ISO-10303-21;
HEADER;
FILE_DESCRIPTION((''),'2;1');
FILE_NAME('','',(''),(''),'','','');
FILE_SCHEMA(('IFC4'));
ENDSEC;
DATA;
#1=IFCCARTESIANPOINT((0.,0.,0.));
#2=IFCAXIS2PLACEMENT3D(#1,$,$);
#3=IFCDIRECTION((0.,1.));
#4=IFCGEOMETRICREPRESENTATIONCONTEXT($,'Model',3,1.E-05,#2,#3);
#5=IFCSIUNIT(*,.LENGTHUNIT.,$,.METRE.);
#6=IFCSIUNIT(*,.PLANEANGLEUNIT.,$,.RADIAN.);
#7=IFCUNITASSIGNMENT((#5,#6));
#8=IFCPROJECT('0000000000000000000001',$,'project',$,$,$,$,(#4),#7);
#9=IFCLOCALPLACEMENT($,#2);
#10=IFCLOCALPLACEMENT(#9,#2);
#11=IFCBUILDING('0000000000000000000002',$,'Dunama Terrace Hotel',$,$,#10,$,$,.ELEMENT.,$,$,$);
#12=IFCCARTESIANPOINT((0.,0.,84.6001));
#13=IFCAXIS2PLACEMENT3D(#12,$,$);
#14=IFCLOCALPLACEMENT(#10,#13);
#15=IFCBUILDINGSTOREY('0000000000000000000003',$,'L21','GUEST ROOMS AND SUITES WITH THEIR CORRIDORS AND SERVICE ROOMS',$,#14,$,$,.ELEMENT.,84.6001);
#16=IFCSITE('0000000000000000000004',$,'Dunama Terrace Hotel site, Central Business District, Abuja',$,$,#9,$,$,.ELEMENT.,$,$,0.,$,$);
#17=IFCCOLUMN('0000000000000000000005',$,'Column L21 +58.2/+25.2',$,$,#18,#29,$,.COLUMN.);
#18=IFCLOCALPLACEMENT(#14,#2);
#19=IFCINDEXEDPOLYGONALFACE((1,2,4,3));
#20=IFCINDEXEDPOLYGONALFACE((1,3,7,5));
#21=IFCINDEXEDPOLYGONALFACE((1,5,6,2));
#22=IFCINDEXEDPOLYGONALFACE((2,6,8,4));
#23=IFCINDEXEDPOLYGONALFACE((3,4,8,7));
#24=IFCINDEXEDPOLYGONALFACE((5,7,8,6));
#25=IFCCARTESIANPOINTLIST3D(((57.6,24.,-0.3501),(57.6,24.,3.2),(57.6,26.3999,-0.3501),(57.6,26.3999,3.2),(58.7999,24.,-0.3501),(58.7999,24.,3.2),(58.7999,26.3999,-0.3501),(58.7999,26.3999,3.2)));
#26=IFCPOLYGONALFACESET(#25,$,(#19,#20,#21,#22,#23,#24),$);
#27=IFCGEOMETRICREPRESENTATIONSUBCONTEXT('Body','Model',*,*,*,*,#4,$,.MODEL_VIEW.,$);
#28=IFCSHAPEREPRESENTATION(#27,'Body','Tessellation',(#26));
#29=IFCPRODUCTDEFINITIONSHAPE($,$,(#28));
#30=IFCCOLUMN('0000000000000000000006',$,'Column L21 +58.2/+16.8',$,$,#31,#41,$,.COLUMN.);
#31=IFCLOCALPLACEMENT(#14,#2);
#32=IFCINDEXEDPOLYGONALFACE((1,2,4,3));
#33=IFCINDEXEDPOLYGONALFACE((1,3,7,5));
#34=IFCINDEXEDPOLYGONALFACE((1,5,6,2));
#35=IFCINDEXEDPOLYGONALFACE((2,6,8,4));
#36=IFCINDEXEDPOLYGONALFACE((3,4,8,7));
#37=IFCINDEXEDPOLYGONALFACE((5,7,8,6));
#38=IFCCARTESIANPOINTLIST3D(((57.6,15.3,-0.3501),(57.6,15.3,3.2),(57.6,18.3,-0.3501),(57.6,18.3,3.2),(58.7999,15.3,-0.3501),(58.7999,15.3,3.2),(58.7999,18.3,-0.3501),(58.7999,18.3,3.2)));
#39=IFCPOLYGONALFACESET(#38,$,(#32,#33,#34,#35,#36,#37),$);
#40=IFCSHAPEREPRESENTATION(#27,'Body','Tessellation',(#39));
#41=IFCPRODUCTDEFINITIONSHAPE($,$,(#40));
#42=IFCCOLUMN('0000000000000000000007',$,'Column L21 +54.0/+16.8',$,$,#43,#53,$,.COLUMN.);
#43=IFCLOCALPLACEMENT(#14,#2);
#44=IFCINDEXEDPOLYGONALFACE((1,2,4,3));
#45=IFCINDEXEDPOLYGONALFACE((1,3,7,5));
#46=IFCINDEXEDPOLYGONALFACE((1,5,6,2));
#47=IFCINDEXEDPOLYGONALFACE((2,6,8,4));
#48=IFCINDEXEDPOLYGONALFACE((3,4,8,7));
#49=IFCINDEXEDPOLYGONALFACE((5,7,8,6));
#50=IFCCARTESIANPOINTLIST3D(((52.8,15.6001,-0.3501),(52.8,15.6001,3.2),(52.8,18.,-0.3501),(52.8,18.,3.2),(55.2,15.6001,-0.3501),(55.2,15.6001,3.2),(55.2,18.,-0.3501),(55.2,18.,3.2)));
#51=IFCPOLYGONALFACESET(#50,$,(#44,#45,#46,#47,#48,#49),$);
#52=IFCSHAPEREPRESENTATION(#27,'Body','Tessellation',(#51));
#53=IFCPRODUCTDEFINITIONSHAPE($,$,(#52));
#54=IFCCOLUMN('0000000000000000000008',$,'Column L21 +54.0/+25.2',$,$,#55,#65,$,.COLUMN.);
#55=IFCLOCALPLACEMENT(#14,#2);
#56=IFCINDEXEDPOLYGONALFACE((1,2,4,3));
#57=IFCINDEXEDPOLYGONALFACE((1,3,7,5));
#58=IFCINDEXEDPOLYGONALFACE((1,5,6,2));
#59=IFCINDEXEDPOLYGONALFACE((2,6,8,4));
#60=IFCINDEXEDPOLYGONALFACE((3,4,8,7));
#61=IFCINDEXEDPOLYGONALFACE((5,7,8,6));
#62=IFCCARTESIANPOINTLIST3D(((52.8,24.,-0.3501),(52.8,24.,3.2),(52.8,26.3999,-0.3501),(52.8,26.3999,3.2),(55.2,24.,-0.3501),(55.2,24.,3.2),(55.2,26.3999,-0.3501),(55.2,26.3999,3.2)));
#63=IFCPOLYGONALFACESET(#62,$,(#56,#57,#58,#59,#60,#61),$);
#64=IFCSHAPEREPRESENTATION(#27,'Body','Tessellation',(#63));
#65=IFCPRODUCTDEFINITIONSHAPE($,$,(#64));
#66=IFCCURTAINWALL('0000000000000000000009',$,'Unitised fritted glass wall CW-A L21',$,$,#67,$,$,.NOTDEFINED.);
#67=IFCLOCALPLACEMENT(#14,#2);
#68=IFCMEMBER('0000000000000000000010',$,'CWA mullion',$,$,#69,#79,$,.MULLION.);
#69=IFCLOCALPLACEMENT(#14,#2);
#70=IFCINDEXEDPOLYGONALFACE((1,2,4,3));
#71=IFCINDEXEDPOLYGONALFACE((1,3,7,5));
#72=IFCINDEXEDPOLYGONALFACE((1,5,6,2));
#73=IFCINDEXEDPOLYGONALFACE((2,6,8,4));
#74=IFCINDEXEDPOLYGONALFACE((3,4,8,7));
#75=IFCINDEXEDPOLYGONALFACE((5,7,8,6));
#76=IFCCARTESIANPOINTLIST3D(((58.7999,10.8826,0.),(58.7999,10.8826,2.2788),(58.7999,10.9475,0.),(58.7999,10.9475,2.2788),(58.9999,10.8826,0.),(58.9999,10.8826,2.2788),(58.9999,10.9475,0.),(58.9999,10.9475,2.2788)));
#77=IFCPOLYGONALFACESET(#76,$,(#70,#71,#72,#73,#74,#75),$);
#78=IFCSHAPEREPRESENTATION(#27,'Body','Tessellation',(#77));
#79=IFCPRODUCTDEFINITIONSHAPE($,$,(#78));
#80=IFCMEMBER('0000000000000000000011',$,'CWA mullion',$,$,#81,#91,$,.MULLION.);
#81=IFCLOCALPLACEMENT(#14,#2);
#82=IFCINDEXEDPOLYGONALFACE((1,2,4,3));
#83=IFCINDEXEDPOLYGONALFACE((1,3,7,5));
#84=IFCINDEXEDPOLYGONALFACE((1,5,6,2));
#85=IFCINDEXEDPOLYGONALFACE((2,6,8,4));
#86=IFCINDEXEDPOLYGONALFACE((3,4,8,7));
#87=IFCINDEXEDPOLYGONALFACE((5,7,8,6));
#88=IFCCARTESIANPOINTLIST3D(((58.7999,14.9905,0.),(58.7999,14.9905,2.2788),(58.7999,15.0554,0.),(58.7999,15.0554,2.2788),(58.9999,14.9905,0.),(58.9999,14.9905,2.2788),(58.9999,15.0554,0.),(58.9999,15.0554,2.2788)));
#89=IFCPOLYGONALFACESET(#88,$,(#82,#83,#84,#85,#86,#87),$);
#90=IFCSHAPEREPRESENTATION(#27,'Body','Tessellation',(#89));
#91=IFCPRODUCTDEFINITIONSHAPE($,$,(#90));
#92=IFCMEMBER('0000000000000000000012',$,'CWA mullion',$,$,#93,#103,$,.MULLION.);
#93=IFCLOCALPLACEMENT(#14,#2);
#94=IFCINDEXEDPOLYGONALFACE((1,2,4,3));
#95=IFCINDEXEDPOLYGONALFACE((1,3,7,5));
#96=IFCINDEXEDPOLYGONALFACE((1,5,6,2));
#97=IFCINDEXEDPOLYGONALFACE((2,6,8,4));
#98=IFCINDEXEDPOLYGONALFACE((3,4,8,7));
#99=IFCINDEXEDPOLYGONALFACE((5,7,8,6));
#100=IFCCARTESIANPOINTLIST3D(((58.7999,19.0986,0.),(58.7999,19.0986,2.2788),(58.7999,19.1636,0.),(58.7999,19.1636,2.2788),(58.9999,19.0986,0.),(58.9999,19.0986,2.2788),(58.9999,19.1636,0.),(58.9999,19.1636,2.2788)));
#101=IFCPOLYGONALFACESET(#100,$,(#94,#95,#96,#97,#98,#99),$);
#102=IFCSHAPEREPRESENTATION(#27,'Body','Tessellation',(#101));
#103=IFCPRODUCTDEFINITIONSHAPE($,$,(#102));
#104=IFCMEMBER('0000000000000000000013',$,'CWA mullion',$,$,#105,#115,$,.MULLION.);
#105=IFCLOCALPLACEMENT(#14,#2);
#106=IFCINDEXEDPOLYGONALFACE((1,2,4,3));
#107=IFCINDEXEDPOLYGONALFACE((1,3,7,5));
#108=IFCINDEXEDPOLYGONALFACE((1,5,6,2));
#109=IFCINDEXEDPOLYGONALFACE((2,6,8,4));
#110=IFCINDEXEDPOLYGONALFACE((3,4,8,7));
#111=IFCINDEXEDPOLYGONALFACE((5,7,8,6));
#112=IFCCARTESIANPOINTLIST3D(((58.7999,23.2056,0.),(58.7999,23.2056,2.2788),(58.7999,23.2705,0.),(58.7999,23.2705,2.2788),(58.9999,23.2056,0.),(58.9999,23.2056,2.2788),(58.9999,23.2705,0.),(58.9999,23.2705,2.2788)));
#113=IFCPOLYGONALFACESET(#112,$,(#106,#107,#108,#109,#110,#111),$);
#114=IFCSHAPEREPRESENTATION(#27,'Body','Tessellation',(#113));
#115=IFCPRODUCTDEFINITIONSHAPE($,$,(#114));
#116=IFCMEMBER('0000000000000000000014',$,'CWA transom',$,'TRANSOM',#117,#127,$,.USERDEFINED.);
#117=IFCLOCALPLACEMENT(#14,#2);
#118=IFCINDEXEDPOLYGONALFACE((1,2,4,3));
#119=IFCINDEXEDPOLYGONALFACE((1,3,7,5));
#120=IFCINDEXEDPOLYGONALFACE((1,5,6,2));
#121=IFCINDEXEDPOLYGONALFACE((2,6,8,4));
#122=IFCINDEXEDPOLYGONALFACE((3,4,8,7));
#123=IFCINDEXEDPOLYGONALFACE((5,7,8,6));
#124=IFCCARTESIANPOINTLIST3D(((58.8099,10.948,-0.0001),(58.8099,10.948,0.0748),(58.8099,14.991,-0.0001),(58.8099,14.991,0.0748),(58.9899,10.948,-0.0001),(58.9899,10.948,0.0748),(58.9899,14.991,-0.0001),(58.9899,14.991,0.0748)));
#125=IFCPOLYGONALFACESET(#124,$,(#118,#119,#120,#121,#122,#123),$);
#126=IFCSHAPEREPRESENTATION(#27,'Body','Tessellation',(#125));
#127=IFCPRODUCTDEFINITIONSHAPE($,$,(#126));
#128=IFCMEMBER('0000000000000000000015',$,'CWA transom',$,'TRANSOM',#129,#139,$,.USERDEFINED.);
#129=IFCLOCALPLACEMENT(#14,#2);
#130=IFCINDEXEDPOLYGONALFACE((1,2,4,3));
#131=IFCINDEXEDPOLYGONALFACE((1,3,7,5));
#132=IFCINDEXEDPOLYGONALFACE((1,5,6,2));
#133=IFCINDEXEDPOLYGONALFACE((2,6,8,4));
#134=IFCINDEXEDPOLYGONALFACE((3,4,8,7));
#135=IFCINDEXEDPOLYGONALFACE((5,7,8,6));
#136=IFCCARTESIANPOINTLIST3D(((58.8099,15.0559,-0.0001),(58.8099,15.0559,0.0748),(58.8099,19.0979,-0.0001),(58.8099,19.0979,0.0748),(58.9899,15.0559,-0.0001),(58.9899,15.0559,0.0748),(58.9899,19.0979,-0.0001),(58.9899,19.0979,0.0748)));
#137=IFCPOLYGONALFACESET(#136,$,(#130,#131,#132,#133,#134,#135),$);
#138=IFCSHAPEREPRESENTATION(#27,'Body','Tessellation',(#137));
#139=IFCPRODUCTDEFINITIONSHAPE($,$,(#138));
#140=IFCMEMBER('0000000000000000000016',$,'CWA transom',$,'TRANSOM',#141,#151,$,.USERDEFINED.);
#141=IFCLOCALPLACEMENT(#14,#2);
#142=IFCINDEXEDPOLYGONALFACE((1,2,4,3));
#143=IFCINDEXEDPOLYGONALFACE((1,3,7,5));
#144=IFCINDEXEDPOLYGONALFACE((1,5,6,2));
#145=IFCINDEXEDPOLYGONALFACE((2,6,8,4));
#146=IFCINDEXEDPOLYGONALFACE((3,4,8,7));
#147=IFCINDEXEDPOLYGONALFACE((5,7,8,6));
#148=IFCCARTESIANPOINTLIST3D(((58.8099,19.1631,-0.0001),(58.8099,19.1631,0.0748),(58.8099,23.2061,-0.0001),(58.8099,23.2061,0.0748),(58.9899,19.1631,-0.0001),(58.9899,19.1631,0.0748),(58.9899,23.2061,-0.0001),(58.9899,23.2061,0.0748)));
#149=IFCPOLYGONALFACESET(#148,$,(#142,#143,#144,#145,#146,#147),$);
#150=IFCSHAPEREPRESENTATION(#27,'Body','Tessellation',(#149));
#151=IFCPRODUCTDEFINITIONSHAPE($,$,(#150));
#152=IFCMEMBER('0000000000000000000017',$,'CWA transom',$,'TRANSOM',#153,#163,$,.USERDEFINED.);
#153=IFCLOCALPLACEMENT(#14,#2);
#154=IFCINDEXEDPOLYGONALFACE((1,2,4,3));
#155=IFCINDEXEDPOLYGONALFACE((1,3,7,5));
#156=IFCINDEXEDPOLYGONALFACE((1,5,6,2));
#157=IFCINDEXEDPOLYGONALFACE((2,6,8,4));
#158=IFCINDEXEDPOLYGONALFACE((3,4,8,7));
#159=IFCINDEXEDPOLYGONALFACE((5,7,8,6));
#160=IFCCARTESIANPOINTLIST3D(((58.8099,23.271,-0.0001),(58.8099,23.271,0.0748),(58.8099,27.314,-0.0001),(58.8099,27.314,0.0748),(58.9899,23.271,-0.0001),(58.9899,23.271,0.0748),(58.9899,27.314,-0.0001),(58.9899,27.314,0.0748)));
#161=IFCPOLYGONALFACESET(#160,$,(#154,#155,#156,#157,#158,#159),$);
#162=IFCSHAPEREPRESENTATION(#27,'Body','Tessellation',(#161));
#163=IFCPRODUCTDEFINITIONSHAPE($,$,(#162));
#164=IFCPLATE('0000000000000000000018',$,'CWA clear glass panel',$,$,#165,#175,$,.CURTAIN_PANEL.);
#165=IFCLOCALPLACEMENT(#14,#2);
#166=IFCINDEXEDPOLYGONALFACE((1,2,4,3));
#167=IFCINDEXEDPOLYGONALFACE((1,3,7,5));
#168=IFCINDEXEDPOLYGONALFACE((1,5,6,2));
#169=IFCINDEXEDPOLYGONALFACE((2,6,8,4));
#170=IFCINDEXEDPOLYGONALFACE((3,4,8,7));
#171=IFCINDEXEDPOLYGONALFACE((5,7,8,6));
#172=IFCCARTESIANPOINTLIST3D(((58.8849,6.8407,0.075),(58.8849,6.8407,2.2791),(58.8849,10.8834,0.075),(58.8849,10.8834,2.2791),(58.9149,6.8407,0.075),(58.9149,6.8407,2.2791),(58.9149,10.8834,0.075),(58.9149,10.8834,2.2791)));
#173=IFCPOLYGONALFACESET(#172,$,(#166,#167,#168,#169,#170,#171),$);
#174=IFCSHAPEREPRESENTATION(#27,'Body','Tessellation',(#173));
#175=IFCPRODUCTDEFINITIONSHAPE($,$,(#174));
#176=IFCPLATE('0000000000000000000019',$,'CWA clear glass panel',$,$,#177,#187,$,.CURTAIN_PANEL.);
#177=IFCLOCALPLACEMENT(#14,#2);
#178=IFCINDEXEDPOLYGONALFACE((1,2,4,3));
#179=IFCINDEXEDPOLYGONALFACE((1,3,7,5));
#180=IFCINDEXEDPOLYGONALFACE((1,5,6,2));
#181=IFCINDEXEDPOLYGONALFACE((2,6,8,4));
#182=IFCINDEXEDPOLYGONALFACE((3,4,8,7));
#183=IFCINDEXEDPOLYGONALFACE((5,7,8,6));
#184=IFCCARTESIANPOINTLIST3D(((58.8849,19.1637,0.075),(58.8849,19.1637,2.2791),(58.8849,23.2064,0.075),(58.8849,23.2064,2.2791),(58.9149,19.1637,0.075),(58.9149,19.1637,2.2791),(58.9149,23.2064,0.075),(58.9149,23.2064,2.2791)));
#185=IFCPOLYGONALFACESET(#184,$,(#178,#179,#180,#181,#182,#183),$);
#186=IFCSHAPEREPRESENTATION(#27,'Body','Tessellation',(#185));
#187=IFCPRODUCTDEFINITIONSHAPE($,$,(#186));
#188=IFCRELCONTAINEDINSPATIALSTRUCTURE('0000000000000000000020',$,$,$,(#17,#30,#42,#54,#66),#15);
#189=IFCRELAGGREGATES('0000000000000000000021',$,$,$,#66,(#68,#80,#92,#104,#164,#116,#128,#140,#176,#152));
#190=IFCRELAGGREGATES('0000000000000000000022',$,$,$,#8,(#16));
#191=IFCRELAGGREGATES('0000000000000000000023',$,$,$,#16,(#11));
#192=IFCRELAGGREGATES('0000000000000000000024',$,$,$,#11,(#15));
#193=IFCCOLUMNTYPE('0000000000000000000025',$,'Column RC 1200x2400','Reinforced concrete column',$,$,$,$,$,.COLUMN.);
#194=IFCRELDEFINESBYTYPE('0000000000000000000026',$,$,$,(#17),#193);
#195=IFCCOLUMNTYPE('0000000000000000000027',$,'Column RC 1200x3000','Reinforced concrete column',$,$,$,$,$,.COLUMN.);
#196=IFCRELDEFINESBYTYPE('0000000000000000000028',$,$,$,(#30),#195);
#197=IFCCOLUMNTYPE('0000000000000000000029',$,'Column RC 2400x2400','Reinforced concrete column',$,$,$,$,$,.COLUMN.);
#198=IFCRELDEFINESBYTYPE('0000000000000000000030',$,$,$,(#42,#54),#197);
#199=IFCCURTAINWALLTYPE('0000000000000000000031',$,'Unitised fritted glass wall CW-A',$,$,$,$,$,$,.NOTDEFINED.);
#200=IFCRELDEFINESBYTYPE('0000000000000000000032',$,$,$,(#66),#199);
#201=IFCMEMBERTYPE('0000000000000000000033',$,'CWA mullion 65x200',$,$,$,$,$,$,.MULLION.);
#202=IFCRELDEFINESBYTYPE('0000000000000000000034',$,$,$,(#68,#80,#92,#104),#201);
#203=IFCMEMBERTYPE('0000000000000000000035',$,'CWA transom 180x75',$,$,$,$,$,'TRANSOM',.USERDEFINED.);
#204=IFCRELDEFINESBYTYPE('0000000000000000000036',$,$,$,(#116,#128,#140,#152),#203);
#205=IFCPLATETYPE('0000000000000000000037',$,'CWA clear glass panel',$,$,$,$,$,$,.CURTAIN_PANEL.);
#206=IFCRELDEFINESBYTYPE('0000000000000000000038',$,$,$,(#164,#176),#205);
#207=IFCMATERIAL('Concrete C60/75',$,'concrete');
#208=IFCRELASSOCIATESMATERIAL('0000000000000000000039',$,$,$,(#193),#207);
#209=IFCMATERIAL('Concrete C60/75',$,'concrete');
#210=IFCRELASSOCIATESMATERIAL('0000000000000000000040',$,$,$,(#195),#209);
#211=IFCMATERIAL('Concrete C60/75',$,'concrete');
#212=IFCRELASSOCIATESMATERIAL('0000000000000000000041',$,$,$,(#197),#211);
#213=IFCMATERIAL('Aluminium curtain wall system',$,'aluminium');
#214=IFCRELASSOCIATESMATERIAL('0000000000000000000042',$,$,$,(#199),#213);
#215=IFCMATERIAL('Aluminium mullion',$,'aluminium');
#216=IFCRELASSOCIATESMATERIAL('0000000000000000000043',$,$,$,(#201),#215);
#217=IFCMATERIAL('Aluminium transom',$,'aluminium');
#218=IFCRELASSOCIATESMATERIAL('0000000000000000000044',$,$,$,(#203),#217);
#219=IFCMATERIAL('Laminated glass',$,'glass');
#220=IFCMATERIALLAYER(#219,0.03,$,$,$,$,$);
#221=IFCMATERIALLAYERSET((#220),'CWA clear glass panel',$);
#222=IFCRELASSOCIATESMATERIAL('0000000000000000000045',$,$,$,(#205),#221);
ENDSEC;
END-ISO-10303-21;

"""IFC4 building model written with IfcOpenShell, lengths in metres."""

from ifc_helpers import new_model, si_unit, direction, frame, origin, origin_2d, place, context, subcontext, project, spatial, rectangle, extrude, material, layer, layer_set, material_profile, profile_set, type_object, element, aggregate, save


model = new_model("IFC4")

# Units and contexts
model_context = context("Model", 3, precision=1e-05, world=origin(), true_north=direction((0.0, 1.0)))
body_context = subcontext(model_context, "Body", "Model", "MODEL_VIEW")
ifc_project = project(units=[si_unit("LENGTHUNIT", "METRE"), si_unit("PLANEANGLEUNIT", "RADIAN")], contexts=[model_context])

# Site, building, storey
site_placement = place(None, origin())
site = spatial("IfcSite", under=ifc_project, at=site_placement, Name="Dunama Terrace Hotel site, Central Business District, Abuja", CompositionType="ELEMENT", RefElevation=0.0)
building_placement = place(site_placement, origin())
building = spatial("IfcBuilding", under=site, at=building_placement, Name="Dunama Terrace Hotel", CompositionType="ELEMENT")
storey_placement = place(building_placement, frame((0.0, 0.0, 84.6001)))
storey = spatial("IfcBuildingStorey", under=building, at=storey_placement, Name="L21", Description="GUEST ROOMS AND SUITES WITH THEIR CORRIDORS AND SERVICE ROOMS", CompositionType="ELEMENT", Elevation=84.6001)

# Columns
ifc_material_1 = material(Name="Concrete C60/75", Category="concrete")
ifc_material_profile_1 = material_profile(ifc_material_1, rectangle(XDim=1.2, YDim=2.3999, at=origin_2d()), Name="RC 1200x2400")
ifc_profile_set_1 = profile_set([ifc_material_profile_1], Name="Concrete C60/75")
column_type_1 = type_object("IfcColumnType", Name="Column RC 1200x2400", Description="Reinforced concrete column", PredefinedType="COLUMN", material=ifc_profile_set_1)
column_1_placement = place(storey_placement, frame((58.2, 25.2, -0.3501), z_axis=(0.0, 0.0, 1.0), x_axis=(1.0, 0.0, 0.0)))
element("IfcColumn", 1, at=column_1_placement, inside=storey, type_object=column_type_1, Name="Column L21 +58.2/+25.2", PredefinedType="COLUMN", context=body_context, shape_type="SweptSolid", body=[
    extrude(rectangle(XDim=1.2, YDim=2.3999, at=origin_2d()), origin(), (0.0, 0.0, 1.0), 3.55),
])
ifc_material_2 = material(Name="Concrete C60/75", Category="concrete")
ifc_material_profile_2 = material_profile(ifc_material_2, rectangle(XDim=1.2, YDim=3.0, at=origin_2d()), Name="RC 1200x3000")
ifc_profile_set_2 = profile_set([ifc_material_profile_2], Name="Concrete C60/75")
column_type_2 = type_object("IfcColumnType", Name="Column RC 1200x3000", Description="Reinforced concrete column", PredefinedType="COLUMN", material=ifc_profile_set_2)
column_2_placement = place(storey_placement, frame((58.2, 16.8, -0.3501), z_axis=(0.0, 0.0, 1.0), x_axis=(1.0, 0.0, 0.0)))
element("IfcColumn", 2, at=column_2_placement, inside=storey, type_object=column_type_2, Name="Column L21 +58.2/+16.8", PredefinedType="COLUMN", context=body_context, shape_type="SweptSolid", body=[
    extrude(rectangle(XDim=1.2, YDim=3.0, at=origin_2d()), origin(), (0.0, 0.0, 1.0), 3.55),
])
ifc_material_3 = material(Name="Concrete C60/75", Category="concrete")
ifc_material_profile_3 = material_profile(ifc_material_3, rectangle(XDim=2.3999, YDim=2.3999, at=origin_2d()), Name="RC 2400x2400")
ifc_profile_set_3 = profile_set([ifc_material_profile_3], Name="Concrete C60/75")
column_type_3 = type_object("IfcColumnType", Name="Column RC 2400x2400", Description="Reinforced concrete column", PredefinedType="COLUMN", material=ifc_profile_set_3)
for number, where, z_axis, x_axis, name in (
    (3, (54.0, 16.8, -0.3501), (0.0, 0.0, 1.0), (1.0, 0.0, 0.0), "Column L21 +54.0/+16.8"),
    (4, (54.0, 25.2, -0.3501), (0.0, 0.0, 1.0), (1.0, 0.0, 0.0), "Column L21 +54.0/+25.2"),
):
    element("IfcColumn", number, at=place(storey_placement, frame(where, z_axis=z_axis, x_axis=x_axis)), inside=storey, type_object=column_type_3, Name=name, PredefinedType="COLUMN", context=body_context, shape_type="SweptSolid", body=[
        extrude(rectangle(XDim=2.3999, YDim=2.3999, at=origin_2d()), origin(), (0.0, 0.0, 1.0), 3.55),
    ])

# Curtain wall, members, plates
ifc_material_4 = material(Name="Aluminium curtain wall system", Category="aluminium")
curtain_wall_type = type_object("IfcCurtainWallType", Name="Unitised fritted glass wall CW-A", PredefinedType="NOTDEFINED", material=ifc_material_4)
curtain_wall_placement = place(storey_placement, origin())
curtain_wall = element("IfcCurtainWall", 5, at=curtain_wall_placement, inside=storey, type_object=curtain_wall_type, Name="Unitised fritted glass wall CW-A L21", PredefinedType="NOTDEFINED")
ifc_material_5 = material(Name="Aluminium mullion", Category="aluminium")
ifc_material_profile_4 = material_profile(ifc_material_5, rectangle(XDim=0.0649, YDim=0.2, at=origin_2d()), Name="CWA MULLION 65X200")
ifc_profile_set_4 = profile_set([ifc_material_profile_4], Name="Aluminium mullion")
member_type_1 = type_object("IfcMemberType", Name="CWA mullion 65x200", PredefinedType="MULLION", material=ifc_profile_set_4)
member_1_placement = place(storey_placement, frame((58.8999, 10.915, 0.0), z_axis=(0.0, 0.0, 1.0), x_axis=(0.0, 1.0, 0.0)))
member_1 = element("IfcMember", 6, at=member_1_placement, type_object=member_type_1, Name="CWA mullion", PredefinedType="MULLION", context=body_context, shape_type="SweptSolid", body=[
    extrude(rectangle(XDim=0.0649, YDim=0.2, at=origin_2d()), origin(), (0.0, 0.0, 1.0), 2.2788),
])
member_2_placement = place(storey_placement, frame((58.8999, 15.0229, 0.0), z_axis=(0.0, 0.0, 1.0), x_axis=(0.0, 1.0, 0.0)))
member_2 = element("IfcMember", 7, at=member_2_placement, type_object=member_type_1, Name="CWA mullion", PredefinedType="MULLION", context=body_context, shape_type="SweptSolid", body=[
    extrude(rectangle(XDim=0.0649, YDim=0.2, at=origin_2d()), origin(), (0.0, 0.0, 1.0), 2.2788),
])
member_3_placement = place(storey_placement, frame((58.8999, 19.1311, 0.0), z_axis=(0.0, 0.0, 1.0), x_axis=(0.0, 1.0, 0.0)))
member_3 = element("IfcMember", 8, at=member_3_placement, type_object=member_type_1, Name="CWA mullion", PredefinedType="MULLION", context=body_context, shape_type="SweptSolid", body=[
    extrude(rectangle(XDim=0.0649, YDim=0.2, at=origin_2d()), origin(), (0.0, 0.0, 1.0), 2.2788),
])
member_4_placement = place(storey_placement, frame((58.8999, 23.238, 0.0), z_axis=(0.0, 0.0, 1.0), x_axis=(0.0, 1.0, 0.0)))
member_4 = element("IfcMember", 9, at=member_4_placement, type_object=member_type_1, Name="CWA mullion", PredefinedType="MULLION", context=body_context, shape_type="SweptSolid", body=[
    extrude(rectangle(XDim=0.0649, YDim=0.2, at=origin_2d()), origin(), (0.0, 0.0, 1.0), 2.2788),
])
ifc_material_6 = material(Name="Aluminium transom", Category="aluminium")
ifc_material_profile_5 = material_profile(ifc_material_6, rectangle(XDim=0.1799, YDim=0.075, at=origin_2d()), Name="CWA TRANSOM 180X75")
ifc_profile_set_5 = profile_set([ifc_material_profile_5], Name="Aluminium transom")
member_type_2 = type_object("IfcMemberType", Name="CWA transom 180x75", ElementType="TRANSOM", PredefinedType="USERDEFINED", material=ifc_profile_set_5)
member_5_placement = place(storey_placement, frame((58.8999, 10.948, 0.0374), z_axis=(0.0, 1.0, 0.0), x_axis=(-1.0, 0.0, 0.0)))
member_5 = element("IfcMember", 10, at=member_5_placement, type_object=member_type_2, Name="CWA transom", ObjectType="TRANSOM", PredefinedType="USERDEFINED", context=body_context, shape_type="SweptSolid", body=[
    extrude(rectangle(XDim=0.1799, YDim=0.075, at=origin_2d()), origin(), (0.0, 0.0, 1.0), 4.043),
])
member_6_placement = place(storey_placement, frame((58.8999, 15.0559, 0.0374), z_axis=(0.0, 1.0, 0.0), x_axis=(-1.0, 0.0, 0.0)))
member_6 = element("IfcMember", 11, at=member_6_placement, type_object=member_type_2, Name="CWA transom", ObjectType="TRANSOM", PredefinedType="USERDEFINED", context=body_context, shape_type="SweptSolid", body=[
    extrude(rectangle(XDim=0.1799, YDim=0.075, at=origin_2d()), origin(), (0.0, 0.0, 1.0), 4.042),
])
member_7_placement = place(storey_placement, frame((58.8999, 19.1631, 0.0374), z_axis=(0.0, 1.0, 0.0), x_axis=(-1.0, 0.0, 0.0)))
member_7 = element("IfcMember", 12, at=member_7_placement, type_object=member_type_2, Name="CWA transom", ObjectType="TRANSOM", PredefinedType="USERDEFINED", context=body_context, shape_type="SweptSolid", body=[
    extrude(rectangle(XDim=0.1799, YDim=0.075, at=origin_2d()), origin(), (0.0, 0.0, 1.0), 4.043),
])
member_8_placement = place(storey_placement, frame((58.8999, 23.271, 0.0374), z_axis=(0.0, 1.0, 0.0), x_axis=(-1.0, 0.0, 0.0)))
member_8 = element("IfcMember", 13, at=member_8_placement, type_object=member_type_2, Name="CWA transom", ObjectType="TRANSOM", PredefinedType="USERDEFINED", context=body_context, shape_type="SweptSolid", body=[
    extrude(rectangle(XDim=0.1799, YDim=0.075, at=origin_2d()), origin(), (0.0, 0.0, 1.0), 4.043),
])
ifc_material_7 = material(Name="Laminated glass", Category="glass")
ifc_layer_1 = layer(ifc_material_7, 0.03)
ifc_layer_set_1 = layer_set([ifc_layer_1], Name="CWA clear glass panel")
plate_type_1 = type_object("IfcPlateType", Name="CWA clear glass panel", PredefinedType="CURTAIN_PANEL", material=ifc_layer_set_1)
plate_1_placement = place(storey_placement, frame((58.8999, 8.8621, 0.075), z_axis=(0.0, 0.0, 1.0), x_axis=(0.0, 1.0, 0.0)))
plate_1 = element("IfcPlate", 14, at=plate_1_placement, type_object=plate_type_1, Name="CWA clear glass panel", PredefinedType="CURTAIN_PANEL", context=body_context, shape_type="SweptSolid", body=[
    extrude(rectangle(XDim=4.0427, YDim=0.03, at=origin_2d()), origin(), (0.0, 0.0, 1.0), 2.2041),
])
plate_2_placement = place(storey_placement, frame((58.8999, 21.1851, 0.075), z_axis=(0.0, 0.0, 1.0), x_axis=(0.0, 1.0, 0.0)))
plate_2 = element("IfcPlate", 15, at=plate_2_placement, type_object=plate_type_1, Name="CWA clear glass panel", PredefinedType="CURTAIN_PANEL", context=body_context, shape_type="SweptSolid", body=[
    extrude(rectangle(XDim=4.0427, YDim=0.03, at=origin_2d()), origin(), (0.0, 0.0, 1.0), 2.2041),
])
aggregate(curtain_wall, [member_1, member_2, member_3, member_4, plate_1, member_5, member_6, member_7, plate_2, member_8])

save(model, "model.ifc")
